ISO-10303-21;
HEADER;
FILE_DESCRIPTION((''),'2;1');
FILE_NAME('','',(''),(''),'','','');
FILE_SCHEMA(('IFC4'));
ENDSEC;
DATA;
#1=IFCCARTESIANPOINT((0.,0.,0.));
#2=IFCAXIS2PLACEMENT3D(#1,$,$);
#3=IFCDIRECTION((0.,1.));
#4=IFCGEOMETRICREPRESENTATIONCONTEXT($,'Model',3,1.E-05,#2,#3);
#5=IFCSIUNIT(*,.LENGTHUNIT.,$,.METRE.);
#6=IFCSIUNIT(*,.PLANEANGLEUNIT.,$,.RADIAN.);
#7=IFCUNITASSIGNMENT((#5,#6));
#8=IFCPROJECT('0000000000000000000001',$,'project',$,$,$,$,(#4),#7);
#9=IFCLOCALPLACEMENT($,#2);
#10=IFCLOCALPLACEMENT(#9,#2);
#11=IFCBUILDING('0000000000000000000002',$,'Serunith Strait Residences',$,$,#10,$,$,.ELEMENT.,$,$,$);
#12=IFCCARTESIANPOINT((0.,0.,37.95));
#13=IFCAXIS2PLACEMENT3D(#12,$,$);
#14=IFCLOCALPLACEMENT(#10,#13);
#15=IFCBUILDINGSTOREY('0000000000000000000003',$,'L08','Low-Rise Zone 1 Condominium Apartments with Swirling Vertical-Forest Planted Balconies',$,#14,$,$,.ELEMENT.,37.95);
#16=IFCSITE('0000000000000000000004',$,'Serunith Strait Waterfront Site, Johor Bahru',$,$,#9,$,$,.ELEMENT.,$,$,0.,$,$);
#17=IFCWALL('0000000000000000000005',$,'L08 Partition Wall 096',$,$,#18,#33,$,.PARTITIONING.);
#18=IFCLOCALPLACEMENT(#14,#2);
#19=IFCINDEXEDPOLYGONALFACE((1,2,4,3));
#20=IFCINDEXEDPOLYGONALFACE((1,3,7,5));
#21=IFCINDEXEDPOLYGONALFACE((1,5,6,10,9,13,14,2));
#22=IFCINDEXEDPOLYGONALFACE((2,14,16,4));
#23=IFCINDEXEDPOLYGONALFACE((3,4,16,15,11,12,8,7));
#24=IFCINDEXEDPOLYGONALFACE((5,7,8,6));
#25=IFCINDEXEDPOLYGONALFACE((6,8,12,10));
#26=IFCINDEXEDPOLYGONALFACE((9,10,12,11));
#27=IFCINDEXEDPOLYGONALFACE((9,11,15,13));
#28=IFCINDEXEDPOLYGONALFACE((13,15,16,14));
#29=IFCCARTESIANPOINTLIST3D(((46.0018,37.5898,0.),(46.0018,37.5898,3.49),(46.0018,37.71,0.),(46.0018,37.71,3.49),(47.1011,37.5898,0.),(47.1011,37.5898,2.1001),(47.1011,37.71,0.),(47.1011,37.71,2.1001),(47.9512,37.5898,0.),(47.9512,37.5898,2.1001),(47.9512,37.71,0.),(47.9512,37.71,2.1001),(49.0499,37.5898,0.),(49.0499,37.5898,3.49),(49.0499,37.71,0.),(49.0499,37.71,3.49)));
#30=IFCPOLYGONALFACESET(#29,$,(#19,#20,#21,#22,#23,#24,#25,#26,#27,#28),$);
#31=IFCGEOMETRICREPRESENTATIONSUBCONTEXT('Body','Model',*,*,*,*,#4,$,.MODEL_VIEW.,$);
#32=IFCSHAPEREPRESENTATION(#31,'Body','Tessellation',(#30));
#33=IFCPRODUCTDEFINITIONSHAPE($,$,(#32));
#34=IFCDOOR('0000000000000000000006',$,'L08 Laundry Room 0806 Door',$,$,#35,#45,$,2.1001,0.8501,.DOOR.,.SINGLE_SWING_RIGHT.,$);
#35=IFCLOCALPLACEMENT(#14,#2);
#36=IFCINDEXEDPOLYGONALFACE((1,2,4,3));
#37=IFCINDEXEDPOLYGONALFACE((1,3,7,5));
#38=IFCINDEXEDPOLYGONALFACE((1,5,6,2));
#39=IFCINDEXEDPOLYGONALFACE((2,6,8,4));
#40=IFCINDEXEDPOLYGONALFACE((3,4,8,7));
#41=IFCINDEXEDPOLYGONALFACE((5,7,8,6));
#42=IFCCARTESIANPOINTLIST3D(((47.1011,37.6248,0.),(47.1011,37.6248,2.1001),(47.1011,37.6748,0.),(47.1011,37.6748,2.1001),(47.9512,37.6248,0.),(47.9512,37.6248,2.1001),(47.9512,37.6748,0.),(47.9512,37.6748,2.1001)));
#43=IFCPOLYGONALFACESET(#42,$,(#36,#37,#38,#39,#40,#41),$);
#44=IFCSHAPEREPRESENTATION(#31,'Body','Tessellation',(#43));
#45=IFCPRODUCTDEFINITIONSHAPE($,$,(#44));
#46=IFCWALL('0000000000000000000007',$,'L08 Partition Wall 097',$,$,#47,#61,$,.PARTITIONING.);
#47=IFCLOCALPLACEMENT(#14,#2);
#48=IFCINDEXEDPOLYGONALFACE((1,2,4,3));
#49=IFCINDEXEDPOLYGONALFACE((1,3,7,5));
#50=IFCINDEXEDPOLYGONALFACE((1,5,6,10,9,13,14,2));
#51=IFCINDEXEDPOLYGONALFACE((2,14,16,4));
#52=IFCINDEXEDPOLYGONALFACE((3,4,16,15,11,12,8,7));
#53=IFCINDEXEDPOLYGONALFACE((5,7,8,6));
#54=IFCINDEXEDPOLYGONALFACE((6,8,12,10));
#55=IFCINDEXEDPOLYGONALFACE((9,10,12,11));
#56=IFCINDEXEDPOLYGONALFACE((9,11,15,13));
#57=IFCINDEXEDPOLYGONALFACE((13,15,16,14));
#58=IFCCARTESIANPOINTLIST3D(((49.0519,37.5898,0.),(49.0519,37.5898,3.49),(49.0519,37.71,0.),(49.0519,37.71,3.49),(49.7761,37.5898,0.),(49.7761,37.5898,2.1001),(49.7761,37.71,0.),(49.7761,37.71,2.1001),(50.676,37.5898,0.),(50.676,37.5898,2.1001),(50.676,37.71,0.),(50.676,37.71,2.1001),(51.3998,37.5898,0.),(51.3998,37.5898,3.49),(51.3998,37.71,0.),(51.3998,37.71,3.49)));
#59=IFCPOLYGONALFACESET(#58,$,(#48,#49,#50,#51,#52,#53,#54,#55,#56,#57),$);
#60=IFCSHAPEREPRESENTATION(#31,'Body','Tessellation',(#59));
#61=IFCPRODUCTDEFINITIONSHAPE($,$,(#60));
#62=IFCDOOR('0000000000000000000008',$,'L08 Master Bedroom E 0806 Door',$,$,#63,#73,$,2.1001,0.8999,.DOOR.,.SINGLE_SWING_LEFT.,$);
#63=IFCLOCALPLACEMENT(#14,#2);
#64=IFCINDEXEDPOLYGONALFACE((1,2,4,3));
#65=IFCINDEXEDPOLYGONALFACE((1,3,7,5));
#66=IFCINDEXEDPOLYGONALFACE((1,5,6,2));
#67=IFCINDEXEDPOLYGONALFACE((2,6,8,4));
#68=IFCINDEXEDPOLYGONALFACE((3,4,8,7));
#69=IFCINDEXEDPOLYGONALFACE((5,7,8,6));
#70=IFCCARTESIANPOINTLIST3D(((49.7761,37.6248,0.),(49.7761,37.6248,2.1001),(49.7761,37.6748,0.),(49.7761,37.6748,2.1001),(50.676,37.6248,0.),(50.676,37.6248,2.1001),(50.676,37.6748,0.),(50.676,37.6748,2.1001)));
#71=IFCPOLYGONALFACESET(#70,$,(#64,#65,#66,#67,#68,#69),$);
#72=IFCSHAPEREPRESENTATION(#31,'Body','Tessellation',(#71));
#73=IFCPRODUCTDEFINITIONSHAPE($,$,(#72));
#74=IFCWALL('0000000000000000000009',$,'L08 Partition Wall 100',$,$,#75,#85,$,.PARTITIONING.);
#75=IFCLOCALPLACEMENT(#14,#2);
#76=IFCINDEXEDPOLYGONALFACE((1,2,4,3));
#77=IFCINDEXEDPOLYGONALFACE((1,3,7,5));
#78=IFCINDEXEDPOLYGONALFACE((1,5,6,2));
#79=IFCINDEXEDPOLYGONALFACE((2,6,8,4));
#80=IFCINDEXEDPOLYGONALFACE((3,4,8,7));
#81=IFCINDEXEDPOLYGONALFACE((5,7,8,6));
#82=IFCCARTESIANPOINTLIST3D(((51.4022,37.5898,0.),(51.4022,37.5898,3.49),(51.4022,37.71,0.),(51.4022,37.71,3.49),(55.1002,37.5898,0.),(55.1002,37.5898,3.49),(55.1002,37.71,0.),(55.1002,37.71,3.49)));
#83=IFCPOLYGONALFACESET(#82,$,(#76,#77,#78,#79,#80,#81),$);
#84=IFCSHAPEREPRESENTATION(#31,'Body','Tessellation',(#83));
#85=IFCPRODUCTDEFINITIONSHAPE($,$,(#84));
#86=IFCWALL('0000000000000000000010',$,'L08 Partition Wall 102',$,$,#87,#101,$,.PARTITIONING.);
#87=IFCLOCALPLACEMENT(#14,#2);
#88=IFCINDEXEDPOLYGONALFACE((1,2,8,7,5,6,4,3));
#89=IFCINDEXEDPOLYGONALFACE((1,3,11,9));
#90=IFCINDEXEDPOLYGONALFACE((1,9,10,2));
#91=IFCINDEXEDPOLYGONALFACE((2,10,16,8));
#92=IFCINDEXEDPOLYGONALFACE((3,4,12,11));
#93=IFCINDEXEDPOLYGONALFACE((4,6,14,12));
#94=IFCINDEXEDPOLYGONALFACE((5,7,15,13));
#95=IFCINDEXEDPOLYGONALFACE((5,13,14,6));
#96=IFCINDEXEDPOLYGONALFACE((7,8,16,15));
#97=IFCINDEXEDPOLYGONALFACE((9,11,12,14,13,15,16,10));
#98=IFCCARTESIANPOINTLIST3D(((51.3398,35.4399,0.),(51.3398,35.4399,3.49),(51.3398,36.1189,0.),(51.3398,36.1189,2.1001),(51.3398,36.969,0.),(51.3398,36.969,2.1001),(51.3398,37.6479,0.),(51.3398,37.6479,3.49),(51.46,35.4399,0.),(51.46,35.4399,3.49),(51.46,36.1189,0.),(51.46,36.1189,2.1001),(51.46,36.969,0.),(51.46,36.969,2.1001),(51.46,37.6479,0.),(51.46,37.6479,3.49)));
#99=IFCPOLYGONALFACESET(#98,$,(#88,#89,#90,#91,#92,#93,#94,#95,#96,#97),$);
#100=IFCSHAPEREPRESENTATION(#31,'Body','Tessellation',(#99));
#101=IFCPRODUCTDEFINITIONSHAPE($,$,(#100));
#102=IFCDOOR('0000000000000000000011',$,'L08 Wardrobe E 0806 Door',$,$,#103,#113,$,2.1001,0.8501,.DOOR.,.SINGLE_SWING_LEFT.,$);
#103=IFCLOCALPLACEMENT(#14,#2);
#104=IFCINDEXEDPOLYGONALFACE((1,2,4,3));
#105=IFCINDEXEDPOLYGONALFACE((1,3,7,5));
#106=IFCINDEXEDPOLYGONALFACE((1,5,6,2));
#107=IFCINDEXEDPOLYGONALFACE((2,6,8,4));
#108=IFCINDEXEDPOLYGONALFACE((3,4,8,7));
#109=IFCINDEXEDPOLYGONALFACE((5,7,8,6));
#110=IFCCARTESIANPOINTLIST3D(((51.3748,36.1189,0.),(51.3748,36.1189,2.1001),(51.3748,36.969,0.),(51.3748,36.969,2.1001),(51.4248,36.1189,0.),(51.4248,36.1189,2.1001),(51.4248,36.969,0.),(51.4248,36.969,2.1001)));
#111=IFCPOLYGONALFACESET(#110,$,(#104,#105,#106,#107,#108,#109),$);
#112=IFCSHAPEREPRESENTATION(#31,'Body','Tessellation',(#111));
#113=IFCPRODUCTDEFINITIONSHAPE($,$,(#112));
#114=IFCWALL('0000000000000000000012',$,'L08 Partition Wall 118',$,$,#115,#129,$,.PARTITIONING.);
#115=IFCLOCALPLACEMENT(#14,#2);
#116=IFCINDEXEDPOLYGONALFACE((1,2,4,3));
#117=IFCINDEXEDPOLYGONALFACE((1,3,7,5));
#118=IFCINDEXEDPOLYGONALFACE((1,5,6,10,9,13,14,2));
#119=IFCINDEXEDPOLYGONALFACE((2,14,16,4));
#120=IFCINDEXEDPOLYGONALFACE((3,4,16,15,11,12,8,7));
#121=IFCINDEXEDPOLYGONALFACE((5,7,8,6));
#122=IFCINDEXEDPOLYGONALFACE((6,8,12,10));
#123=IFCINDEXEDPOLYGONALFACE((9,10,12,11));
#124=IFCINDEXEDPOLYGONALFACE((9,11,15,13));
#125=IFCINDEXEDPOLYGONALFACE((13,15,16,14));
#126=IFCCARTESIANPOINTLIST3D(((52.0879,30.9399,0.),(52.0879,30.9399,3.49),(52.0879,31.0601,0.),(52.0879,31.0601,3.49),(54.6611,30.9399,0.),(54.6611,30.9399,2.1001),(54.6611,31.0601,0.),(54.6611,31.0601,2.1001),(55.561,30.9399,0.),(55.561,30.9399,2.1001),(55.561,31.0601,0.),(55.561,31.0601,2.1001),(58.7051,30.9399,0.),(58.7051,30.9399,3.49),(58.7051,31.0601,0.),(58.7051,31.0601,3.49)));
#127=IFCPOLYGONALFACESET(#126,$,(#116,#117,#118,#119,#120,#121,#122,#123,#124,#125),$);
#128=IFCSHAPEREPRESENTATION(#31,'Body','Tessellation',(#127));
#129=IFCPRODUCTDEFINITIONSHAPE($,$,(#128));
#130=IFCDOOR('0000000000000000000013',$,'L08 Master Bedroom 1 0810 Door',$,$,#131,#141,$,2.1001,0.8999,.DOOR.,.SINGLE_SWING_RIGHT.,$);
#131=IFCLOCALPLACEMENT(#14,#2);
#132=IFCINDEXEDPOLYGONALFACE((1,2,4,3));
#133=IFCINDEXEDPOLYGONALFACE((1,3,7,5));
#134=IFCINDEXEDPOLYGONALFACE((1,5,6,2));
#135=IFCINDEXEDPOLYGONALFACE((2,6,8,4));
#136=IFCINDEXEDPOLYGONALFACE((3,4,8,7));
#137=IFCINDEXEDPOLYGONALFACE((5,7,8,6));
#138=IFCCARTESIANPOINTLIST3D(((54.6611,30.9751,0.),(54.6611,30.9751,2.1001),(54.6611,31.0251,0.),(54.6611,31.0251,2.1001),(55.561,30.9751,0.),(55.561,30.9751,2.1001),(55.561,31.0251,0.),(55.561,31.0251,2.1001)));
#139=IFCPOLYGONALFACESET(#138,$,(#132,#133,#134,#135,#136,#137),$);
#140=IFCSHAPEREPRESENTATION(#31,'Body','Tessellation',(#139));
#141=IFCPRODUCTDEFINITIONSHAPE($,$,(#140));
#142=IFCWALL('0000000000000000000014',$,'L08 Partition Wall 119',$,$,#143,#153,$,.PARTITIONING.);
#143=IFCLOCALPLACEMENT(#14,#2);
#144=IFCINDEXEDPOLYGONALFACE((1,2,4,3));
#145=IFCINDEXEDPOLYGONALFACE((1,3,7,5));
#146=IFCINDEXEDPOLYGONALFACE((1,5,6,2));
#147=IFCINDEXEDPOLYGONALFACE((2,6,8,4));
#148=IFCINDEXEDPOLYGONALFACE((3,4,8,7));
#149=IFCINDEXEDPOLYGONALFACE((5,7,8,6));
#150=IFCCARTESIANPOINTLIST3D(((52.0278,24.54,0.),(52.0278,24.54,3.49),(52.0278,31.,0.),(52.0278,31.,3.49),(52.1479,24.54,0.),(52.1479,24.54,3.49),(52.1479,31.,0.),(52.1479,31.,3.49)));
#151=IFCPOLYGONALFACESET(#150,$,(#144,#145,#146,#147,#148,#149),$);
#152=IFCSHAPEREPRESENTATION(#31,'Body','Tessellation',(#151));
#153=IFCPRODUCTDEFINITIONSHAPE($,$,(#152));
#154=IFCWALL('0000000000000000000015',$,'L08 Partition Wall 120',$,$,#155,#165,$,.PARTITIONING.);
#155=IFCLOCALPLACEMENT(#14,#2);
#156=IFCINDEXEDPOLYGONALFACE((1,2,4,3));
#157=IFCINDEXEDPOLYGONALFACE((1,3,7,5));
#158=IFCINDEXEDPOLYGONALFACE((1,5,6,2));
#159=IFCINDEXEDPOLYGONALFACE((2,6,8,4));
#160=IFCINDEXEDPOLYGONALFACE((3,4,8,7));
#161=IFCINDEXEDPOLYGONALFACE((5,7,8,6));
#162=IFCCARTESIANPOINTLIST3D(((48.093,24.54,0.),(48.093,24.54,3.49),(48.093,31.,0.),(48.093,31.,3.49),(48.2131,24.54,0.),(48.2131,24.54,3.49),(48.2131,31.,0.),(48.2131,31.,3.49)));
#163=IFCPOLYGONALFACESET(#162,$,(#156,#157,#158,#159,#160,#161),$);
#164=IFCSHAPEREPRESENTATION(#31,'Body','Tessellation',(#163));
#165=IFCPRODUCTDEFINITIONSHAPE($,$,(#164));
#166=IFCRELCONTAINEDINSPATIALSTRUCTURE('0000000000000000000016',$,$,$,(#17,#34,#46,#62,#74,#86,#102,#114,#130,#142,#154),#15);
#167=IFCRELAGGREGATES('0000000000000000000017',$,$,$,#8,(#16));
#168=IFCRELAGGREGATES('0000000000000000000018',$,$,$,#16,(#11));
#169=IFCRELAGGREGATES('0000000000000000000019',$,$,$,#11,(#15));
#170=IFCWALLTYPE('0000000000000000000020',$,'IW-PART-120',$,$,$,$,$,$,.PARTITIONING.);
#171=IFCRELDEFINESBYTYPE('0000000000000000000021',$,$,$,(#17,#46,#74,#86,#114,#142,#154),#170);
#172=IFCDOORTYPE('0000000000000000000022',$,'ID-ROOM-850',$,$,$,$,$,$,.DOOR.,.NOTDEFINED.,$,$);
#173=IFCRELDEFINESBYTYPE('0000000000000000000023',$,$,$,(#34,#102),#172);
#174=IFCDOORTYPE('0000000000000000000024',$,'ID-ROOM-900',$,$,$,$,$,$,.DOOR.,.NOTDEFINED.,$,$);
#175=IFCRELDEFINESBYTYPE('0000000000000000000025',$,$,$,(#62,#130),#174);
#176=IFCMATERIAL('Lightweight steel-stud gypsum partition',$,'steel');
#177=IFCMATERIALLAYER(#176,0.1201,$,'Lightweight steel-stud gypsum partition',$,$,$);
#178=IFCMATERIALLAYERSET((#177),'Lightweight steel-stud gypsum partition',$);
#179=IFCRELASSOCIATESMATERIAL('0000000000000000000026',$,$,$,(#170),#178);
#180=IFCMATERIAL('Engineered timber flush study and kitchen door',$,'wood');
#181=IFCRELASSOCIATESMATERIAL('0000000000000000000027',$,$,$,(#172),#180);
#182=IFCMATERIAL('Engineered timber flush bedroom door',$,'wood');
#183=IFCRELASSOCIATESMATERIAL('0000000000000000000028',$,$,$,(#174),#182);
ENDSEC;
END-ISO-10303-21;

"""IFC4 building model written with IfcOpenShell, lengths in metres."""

from ifc_helpers import new_model, si_unit, direction, frame, frame_2d, origin, place, context, subcontext, project, spatial, rectangle, extrude, source, transform, mapped, material, layer, layer_set, type_object, element, fill, save


model = new_model("IFC4")

# Units and contexts
model_context = context("Model", 3, precision=1e-05, world=origin(), true_north=direction((0.0, 1.0)))
body_context = subcontext(model_context, "Body", "Model", "MODEL_VIEW")
ifc_project = project(units=[si_unit("LENGTHUNIT", "METRE"), si_unit("PLANEANGLEUNIT", "RADIAN")], contexts=[model_context])

# Site, building, storey
site_placement = place(None, origin())
site = spatial("IfcSite", under=ifc_project, at=site_placement, Name="Serunith Strait Waterfront Site, Johor Bahru", CompositionType="ELEMENT", RefElevation=0.0)
building_placement = place(site_placement, origin())
building = spatial("IfcBuilding", under=site, at=building_placement, Name="Serunith Strait Residences", CompositionType="ELEMENT")
storey_placement = place(building_placement, frame((0.0, 0.0, 37.95)))
storey = spatial("IfcBuildingStorey", under=building, at=storey_placement, Name="L08", Description="Low-Rise Zone 1 Condominium Apartments with Swirling Vertical-Forest Planted Balconies", CompositionType="ELEMENT", Elevation=37.95)

# Walls, openings, doors
ifc_material_1 = material(Name="Lightweight steel-stud gypsum partition", Category="steel")
ifc_layer_1 = layer(ifc_material_1, 0.1201, Name="Lightweight steel-stud gypsum partition")
ifc_layer_set_1 = layer_set([ifc_layer_1], Name="Lightweight steel-stud gypsum partition")
wall_type = type_object("IfcWallType", Name="IW-PART-120", PredefinedType="PARTITIONING", material=ifc_layer_set_1)
wall_1_placement = place(storey_placement, frame((46.002, 37.6499, 0.0), z_axis=(0.0, 0.0, 1.0), x_axis=(1.0, 0.0, 0.0)))
wall_1 = element("IfcWall", 1, at=wall_1_placement, inside=storey, type_object=wall_type, Name="L08 Partition Wall 096", PredefinedType="PARTITIONING", context=body_context, shape_type="SweptSolid", body=[
    extrude(rectangle(XDim=3.0481, YDim=0.1201, at=frame_2d((1.5239, 0.0))), origin(), (0.0, 0.0, 1.0), 3.49),
])
opening_1_placement = place(wall_1_placement, frame((1.0991, 0.0, 0.0)))
opening_1 = element("IfcOpeningElement", 2, at=opening_1_placement, cuts=wall_1, PredefinedType="OPENING", context=body_context, shape_type="SweptSolid", body=[
    extrude(rectangle(XDim=0.8501, YDim=2.1001, at=frame_2d((0.425, 1.05))), frame((0.0, 0.0701, 0.0), z_axis=(0.0, -1.0, 0.0), x_axis=(1.0, 0.0, 0.0)), (0.0, 0.0, 1.0), 0.1401),
])
ifc_material_2 = material(Name="Engineered timber flush study and kitchen door", Category="wood")
door_type_1 = type_object("IfcDoorType", Name="ID-ROOM-850", OperationType="NOTDEFINED", PredefinedType="DOOR", material=ifc_material_2)
shared_shape_1 = source(origin(), body_context, "Body", "SweptSolid", [
    extrude(rectangle(XDim=0.8501, YDim=2.1001, at=frame_2d((0.425, 1.05))), frame((0.0, 0.0249, 0.0), z_axis=(0.0, -1.0, 0.0), x_axis=(1.0, 0.0, 0.0)), (0.0, 0.0, 1.0), 0.05),
])
door_1_placement = place(opening_1_placement, origin())
door_1 = element("IfcDoor", 3, at=door_1_placement, inside=storey, type_object=door_type_1, Name="L08 Laundry Room 0806 Door", OperationType="SINGLE_SWING_RIGHT", OverallHeight=2.1001, OverallWidth=0.8501, PredefinedType="DOOR", context=body_context, shape_type="MappedRepresentation", body=[
    mapped(shared_shape_1, transform((0.0, 0.0, 0.0), scale=1.0)),
])
fill(opening_1, door_1)
wall_2_placement = place(storey_placement, frame((49.052, 37.6499, 0.0), z_axis=(0.0, 0.0, 1.0), x_axis=(1.0, 0.0, 0.0)))
wall_2 = element("IfcWall", 4, at=wall_2_placement, inside=storey, type_object=wall_type, Name="L08 Partition Wall 097", PredefinedType="PARTITIONING", context=body_context, shape_type="SweptSolid", body=[
    extrude(rectangle(XDim=2.3479, YDim=0.1201, at=frame_2d((1.1738, 0.0))), origin(), (0.0, 0.0, 1.0), 3.49),
])
opening_2_placement = place(wall_2_placement, frame((0.7241, 0.0, 0.0)))
opening_2 = element("IfcOpeningElement", 5, at=opening_2_placement, cuts=wall_2, PredefinedType="OPENING", context=body_context, shape_type="SweptSolid", body=[
    extrude(rectangle(XDim=0.8999, YDim=2.1001, at=frame_2d((0.45, 1.05))), frame((0.0, 0.0701, 0.0), z_axis=(0.0, -1.0, 0.0), x_axis=(1.0, 0.0, 0.0)), (0.0, 0.0, 1.0), 0.1401),
])
ifc_material_3 = material(Name="Engineered timber flush bedroom door", Category="wood")
door_type_2 = type_object("IfcDoorType", Name="ID-ROOM-900", OperationType="NOTDEFINED", PredefinedType="DOOR", material=ifc_material_3)
shared_shape_2 = source(origin(), body_context, "Body", "SweptSolid", [
    extrude(rectangle(XDim=0.8999, YDim=2.1001, at=frame_2d((0.45, 1.05))), frame((0.0, 0.0249, 0.0), z_axis=(0.0, -1.0, 0.0), x_axis=(1.0, 0.0, 0.0)), (0.0, 0.0, 1.0), 0.05),
])
door_2_placement = place(opening_2_placement, origin())
door_2 = element("IfcDoor", 6, at=door_2_placement, inside=storey, type_object=door_type_2, Name="L08 Master Bedroom E 0806 Door", OperationType="SINGLE_SWING_LEFT", OverallHeight=2.1001, OverallWidth=0.8999, PredefinedType="DOOR", context=body_context, shape_type="MappedRepresentation", body=[
    mapped(shared_shape_2, transform((0.0, 0.0, 0.0), scale=1.0)),
])
fill(opening_2, door_2)

# Wall
wall_3_placement = place(storey_placement, frame((51.4021, 37.6499, 0.0), z_axis=(0.0, 0.0, 1.0), x_axis=(1.0, 0.0, 0.0)))
element("IfcWall", 7, at=wall_3_placement, inside=storey, type_object=wall_type, Name="L08 Partition Wall 100", PredefinedType="PARTITIONING", context=body_context, shape_type="SweptSolid", body=[
    extrude(rectangle(XDim=3.698, YDim=0.1201, at=frame_2d((1.8491, 0.0))), origin(), (0.0, 0.0, 1.0), 3.49),
])

# Walls, openings, doors
wall_4_placement = place(storey_placement, frame((51.3999, 37.6479, 0.0), z_axis=(0.0, 0.0, 1.0), x_axis=(0.0, -1.0, 0.0)))
wall_4 = element("IfcWall", 8, at=wall_4_placement, inside=storey, type_object=wall_type, Name="L08 Partition Wall 102", PredefinedType="PARTITIONING", context=body_context, shape_type="SweptSolid", body=[
    extrude(rectangle(XDim=2.208, YDim=0.1201, at=frame_2d((1.104, 0.0))), origin(), (0.0, 0.0, 1.0), 3.49),
])
opening_3_placement = place(wall_4_placement, frame((0.679, 0.0, 0.0)))
opening_3 = element("IfcOpeningElement", 9, at=opening_3_placement, cuts=wall_4, PredefinedType="OPENING", context=body_context, shape_type="SweptSolid", body=[
    extrude(rectangle(XDim=0.8501, YDim=2.1001, at=frame_2d((0.425, 1.05))), frame((0.0, 0.0701, 0.0), z_axis=(0.0, -1.0, 0.0), x_axis=(1.0, 0.0, 0.0)), (0.0, 0.0, 1.0), 0.1401),
])
door_3_placement = place(opening_3_placement, origin())
door_3 = element("IfcDoor", 10, at=door_3_placement, inside=storey, type_object=door_type_1, Name="L08 Wardrobe E 0806 Door", OperationType="SINGLE_SWING_LEFT", OverallHeight=2.1001, OverallWidth=0.8501, PredefinedType="DOOR", context=body_context, shape_type="MappedRepresentation", body=[
    mapped(shared_shape_1, transform((0.0, 0.0, 0.0), scale=1.0)),
])
fill(opening_3, door_3)
wall_5_placement = place(storey_placement, frame((58.7051, 31.0, 0.0), z_axis=(0.0, 0.0, 1.0), x_axis=(-1.0, 0.0, 0.0)))
wall_5 = element("IfcWall", 11, at=wall_5_placement, inside=storey, type_object=wall_type, Name="L08 Partition Wall 118", PredefinedType="PARTITIONING", context=body_context, shape_type="SweptSolid", body=[
    extrude(rectangle(XDim=6.6172, YDim=0.1201, at=frame_2d((3.3086, 0.0))), origin(), (0.0, 0.0, 1.0), 3.49),
])
opening_4_placement = place(wall_5_placement, frame((3.144, 0.0, 0.0)))
opening_4 = element("IfcOpeningElement", 12, at=opening_4_placement, cuts=wall_5, PredefinedType="OPENING", context=body_context, shape_type="SweptSolid", body=[
    extrude(rectangle(XDim=0.8999, YDim=2.1001, at=frame_2d((0.45, 1.05))), frame((0.0, 0.0701, 0.0), z_axis=(0.0, -1.0, 0.0), x_axis=(1.0, 0.0, 0.0)), (0.0, 0.0, 1.0), 0.1401),
])
door_4_placement = place(opening_4_placement, origin())
door_4 = element("IfcDoor", 13, at=door_4_placement, inside=storey, type_object=door_type_2, Name="L08 Master Bedroom 1 0810 Door", OperationType="SINGLE_SWING_RIGHT", OverallHeight=2.1001, OverallWidth=0.8999, PredefinedType="DOOR", context=body_context, shape_type="MappedRepresentation", body=[
    mapped(shared_shape_2, transform((0.0, 0.0, 0.0), scale=1.0)),
])
fill(opening_4, door_4)

# Walls
for number, where, z_axis, x_axis, name in (
    (14, (52.0879, 24.54, 0.0), (0.0, 0.0, 1.0), (0.0, 1.0, 0.0), "L08 Partition Wall 119"),
    (15, (48.1531, 24.54, 0.0), (0.0, 0.0, 1.0), (0.0, 1.0, 0.0), "L08 Partition Wall 120"),
):
    element("IfcWall", number, at=place(storey_placement, frame(where, z_axis=z_axis, x_axis=x_axis)), inside=storey, type_object=wall_type, Name=name, PredefinedType="PARTITIONING", context=body_context, shape_type="SweptSolid", body=[
        extrude(rectangle(XDim=6.46, YDim=0.1201, at=frame_2d((3.23, 0.0))), origin(), (0.0, 0.0, 1.0), 3.49),
    ])

save(model, "model.ifc")
